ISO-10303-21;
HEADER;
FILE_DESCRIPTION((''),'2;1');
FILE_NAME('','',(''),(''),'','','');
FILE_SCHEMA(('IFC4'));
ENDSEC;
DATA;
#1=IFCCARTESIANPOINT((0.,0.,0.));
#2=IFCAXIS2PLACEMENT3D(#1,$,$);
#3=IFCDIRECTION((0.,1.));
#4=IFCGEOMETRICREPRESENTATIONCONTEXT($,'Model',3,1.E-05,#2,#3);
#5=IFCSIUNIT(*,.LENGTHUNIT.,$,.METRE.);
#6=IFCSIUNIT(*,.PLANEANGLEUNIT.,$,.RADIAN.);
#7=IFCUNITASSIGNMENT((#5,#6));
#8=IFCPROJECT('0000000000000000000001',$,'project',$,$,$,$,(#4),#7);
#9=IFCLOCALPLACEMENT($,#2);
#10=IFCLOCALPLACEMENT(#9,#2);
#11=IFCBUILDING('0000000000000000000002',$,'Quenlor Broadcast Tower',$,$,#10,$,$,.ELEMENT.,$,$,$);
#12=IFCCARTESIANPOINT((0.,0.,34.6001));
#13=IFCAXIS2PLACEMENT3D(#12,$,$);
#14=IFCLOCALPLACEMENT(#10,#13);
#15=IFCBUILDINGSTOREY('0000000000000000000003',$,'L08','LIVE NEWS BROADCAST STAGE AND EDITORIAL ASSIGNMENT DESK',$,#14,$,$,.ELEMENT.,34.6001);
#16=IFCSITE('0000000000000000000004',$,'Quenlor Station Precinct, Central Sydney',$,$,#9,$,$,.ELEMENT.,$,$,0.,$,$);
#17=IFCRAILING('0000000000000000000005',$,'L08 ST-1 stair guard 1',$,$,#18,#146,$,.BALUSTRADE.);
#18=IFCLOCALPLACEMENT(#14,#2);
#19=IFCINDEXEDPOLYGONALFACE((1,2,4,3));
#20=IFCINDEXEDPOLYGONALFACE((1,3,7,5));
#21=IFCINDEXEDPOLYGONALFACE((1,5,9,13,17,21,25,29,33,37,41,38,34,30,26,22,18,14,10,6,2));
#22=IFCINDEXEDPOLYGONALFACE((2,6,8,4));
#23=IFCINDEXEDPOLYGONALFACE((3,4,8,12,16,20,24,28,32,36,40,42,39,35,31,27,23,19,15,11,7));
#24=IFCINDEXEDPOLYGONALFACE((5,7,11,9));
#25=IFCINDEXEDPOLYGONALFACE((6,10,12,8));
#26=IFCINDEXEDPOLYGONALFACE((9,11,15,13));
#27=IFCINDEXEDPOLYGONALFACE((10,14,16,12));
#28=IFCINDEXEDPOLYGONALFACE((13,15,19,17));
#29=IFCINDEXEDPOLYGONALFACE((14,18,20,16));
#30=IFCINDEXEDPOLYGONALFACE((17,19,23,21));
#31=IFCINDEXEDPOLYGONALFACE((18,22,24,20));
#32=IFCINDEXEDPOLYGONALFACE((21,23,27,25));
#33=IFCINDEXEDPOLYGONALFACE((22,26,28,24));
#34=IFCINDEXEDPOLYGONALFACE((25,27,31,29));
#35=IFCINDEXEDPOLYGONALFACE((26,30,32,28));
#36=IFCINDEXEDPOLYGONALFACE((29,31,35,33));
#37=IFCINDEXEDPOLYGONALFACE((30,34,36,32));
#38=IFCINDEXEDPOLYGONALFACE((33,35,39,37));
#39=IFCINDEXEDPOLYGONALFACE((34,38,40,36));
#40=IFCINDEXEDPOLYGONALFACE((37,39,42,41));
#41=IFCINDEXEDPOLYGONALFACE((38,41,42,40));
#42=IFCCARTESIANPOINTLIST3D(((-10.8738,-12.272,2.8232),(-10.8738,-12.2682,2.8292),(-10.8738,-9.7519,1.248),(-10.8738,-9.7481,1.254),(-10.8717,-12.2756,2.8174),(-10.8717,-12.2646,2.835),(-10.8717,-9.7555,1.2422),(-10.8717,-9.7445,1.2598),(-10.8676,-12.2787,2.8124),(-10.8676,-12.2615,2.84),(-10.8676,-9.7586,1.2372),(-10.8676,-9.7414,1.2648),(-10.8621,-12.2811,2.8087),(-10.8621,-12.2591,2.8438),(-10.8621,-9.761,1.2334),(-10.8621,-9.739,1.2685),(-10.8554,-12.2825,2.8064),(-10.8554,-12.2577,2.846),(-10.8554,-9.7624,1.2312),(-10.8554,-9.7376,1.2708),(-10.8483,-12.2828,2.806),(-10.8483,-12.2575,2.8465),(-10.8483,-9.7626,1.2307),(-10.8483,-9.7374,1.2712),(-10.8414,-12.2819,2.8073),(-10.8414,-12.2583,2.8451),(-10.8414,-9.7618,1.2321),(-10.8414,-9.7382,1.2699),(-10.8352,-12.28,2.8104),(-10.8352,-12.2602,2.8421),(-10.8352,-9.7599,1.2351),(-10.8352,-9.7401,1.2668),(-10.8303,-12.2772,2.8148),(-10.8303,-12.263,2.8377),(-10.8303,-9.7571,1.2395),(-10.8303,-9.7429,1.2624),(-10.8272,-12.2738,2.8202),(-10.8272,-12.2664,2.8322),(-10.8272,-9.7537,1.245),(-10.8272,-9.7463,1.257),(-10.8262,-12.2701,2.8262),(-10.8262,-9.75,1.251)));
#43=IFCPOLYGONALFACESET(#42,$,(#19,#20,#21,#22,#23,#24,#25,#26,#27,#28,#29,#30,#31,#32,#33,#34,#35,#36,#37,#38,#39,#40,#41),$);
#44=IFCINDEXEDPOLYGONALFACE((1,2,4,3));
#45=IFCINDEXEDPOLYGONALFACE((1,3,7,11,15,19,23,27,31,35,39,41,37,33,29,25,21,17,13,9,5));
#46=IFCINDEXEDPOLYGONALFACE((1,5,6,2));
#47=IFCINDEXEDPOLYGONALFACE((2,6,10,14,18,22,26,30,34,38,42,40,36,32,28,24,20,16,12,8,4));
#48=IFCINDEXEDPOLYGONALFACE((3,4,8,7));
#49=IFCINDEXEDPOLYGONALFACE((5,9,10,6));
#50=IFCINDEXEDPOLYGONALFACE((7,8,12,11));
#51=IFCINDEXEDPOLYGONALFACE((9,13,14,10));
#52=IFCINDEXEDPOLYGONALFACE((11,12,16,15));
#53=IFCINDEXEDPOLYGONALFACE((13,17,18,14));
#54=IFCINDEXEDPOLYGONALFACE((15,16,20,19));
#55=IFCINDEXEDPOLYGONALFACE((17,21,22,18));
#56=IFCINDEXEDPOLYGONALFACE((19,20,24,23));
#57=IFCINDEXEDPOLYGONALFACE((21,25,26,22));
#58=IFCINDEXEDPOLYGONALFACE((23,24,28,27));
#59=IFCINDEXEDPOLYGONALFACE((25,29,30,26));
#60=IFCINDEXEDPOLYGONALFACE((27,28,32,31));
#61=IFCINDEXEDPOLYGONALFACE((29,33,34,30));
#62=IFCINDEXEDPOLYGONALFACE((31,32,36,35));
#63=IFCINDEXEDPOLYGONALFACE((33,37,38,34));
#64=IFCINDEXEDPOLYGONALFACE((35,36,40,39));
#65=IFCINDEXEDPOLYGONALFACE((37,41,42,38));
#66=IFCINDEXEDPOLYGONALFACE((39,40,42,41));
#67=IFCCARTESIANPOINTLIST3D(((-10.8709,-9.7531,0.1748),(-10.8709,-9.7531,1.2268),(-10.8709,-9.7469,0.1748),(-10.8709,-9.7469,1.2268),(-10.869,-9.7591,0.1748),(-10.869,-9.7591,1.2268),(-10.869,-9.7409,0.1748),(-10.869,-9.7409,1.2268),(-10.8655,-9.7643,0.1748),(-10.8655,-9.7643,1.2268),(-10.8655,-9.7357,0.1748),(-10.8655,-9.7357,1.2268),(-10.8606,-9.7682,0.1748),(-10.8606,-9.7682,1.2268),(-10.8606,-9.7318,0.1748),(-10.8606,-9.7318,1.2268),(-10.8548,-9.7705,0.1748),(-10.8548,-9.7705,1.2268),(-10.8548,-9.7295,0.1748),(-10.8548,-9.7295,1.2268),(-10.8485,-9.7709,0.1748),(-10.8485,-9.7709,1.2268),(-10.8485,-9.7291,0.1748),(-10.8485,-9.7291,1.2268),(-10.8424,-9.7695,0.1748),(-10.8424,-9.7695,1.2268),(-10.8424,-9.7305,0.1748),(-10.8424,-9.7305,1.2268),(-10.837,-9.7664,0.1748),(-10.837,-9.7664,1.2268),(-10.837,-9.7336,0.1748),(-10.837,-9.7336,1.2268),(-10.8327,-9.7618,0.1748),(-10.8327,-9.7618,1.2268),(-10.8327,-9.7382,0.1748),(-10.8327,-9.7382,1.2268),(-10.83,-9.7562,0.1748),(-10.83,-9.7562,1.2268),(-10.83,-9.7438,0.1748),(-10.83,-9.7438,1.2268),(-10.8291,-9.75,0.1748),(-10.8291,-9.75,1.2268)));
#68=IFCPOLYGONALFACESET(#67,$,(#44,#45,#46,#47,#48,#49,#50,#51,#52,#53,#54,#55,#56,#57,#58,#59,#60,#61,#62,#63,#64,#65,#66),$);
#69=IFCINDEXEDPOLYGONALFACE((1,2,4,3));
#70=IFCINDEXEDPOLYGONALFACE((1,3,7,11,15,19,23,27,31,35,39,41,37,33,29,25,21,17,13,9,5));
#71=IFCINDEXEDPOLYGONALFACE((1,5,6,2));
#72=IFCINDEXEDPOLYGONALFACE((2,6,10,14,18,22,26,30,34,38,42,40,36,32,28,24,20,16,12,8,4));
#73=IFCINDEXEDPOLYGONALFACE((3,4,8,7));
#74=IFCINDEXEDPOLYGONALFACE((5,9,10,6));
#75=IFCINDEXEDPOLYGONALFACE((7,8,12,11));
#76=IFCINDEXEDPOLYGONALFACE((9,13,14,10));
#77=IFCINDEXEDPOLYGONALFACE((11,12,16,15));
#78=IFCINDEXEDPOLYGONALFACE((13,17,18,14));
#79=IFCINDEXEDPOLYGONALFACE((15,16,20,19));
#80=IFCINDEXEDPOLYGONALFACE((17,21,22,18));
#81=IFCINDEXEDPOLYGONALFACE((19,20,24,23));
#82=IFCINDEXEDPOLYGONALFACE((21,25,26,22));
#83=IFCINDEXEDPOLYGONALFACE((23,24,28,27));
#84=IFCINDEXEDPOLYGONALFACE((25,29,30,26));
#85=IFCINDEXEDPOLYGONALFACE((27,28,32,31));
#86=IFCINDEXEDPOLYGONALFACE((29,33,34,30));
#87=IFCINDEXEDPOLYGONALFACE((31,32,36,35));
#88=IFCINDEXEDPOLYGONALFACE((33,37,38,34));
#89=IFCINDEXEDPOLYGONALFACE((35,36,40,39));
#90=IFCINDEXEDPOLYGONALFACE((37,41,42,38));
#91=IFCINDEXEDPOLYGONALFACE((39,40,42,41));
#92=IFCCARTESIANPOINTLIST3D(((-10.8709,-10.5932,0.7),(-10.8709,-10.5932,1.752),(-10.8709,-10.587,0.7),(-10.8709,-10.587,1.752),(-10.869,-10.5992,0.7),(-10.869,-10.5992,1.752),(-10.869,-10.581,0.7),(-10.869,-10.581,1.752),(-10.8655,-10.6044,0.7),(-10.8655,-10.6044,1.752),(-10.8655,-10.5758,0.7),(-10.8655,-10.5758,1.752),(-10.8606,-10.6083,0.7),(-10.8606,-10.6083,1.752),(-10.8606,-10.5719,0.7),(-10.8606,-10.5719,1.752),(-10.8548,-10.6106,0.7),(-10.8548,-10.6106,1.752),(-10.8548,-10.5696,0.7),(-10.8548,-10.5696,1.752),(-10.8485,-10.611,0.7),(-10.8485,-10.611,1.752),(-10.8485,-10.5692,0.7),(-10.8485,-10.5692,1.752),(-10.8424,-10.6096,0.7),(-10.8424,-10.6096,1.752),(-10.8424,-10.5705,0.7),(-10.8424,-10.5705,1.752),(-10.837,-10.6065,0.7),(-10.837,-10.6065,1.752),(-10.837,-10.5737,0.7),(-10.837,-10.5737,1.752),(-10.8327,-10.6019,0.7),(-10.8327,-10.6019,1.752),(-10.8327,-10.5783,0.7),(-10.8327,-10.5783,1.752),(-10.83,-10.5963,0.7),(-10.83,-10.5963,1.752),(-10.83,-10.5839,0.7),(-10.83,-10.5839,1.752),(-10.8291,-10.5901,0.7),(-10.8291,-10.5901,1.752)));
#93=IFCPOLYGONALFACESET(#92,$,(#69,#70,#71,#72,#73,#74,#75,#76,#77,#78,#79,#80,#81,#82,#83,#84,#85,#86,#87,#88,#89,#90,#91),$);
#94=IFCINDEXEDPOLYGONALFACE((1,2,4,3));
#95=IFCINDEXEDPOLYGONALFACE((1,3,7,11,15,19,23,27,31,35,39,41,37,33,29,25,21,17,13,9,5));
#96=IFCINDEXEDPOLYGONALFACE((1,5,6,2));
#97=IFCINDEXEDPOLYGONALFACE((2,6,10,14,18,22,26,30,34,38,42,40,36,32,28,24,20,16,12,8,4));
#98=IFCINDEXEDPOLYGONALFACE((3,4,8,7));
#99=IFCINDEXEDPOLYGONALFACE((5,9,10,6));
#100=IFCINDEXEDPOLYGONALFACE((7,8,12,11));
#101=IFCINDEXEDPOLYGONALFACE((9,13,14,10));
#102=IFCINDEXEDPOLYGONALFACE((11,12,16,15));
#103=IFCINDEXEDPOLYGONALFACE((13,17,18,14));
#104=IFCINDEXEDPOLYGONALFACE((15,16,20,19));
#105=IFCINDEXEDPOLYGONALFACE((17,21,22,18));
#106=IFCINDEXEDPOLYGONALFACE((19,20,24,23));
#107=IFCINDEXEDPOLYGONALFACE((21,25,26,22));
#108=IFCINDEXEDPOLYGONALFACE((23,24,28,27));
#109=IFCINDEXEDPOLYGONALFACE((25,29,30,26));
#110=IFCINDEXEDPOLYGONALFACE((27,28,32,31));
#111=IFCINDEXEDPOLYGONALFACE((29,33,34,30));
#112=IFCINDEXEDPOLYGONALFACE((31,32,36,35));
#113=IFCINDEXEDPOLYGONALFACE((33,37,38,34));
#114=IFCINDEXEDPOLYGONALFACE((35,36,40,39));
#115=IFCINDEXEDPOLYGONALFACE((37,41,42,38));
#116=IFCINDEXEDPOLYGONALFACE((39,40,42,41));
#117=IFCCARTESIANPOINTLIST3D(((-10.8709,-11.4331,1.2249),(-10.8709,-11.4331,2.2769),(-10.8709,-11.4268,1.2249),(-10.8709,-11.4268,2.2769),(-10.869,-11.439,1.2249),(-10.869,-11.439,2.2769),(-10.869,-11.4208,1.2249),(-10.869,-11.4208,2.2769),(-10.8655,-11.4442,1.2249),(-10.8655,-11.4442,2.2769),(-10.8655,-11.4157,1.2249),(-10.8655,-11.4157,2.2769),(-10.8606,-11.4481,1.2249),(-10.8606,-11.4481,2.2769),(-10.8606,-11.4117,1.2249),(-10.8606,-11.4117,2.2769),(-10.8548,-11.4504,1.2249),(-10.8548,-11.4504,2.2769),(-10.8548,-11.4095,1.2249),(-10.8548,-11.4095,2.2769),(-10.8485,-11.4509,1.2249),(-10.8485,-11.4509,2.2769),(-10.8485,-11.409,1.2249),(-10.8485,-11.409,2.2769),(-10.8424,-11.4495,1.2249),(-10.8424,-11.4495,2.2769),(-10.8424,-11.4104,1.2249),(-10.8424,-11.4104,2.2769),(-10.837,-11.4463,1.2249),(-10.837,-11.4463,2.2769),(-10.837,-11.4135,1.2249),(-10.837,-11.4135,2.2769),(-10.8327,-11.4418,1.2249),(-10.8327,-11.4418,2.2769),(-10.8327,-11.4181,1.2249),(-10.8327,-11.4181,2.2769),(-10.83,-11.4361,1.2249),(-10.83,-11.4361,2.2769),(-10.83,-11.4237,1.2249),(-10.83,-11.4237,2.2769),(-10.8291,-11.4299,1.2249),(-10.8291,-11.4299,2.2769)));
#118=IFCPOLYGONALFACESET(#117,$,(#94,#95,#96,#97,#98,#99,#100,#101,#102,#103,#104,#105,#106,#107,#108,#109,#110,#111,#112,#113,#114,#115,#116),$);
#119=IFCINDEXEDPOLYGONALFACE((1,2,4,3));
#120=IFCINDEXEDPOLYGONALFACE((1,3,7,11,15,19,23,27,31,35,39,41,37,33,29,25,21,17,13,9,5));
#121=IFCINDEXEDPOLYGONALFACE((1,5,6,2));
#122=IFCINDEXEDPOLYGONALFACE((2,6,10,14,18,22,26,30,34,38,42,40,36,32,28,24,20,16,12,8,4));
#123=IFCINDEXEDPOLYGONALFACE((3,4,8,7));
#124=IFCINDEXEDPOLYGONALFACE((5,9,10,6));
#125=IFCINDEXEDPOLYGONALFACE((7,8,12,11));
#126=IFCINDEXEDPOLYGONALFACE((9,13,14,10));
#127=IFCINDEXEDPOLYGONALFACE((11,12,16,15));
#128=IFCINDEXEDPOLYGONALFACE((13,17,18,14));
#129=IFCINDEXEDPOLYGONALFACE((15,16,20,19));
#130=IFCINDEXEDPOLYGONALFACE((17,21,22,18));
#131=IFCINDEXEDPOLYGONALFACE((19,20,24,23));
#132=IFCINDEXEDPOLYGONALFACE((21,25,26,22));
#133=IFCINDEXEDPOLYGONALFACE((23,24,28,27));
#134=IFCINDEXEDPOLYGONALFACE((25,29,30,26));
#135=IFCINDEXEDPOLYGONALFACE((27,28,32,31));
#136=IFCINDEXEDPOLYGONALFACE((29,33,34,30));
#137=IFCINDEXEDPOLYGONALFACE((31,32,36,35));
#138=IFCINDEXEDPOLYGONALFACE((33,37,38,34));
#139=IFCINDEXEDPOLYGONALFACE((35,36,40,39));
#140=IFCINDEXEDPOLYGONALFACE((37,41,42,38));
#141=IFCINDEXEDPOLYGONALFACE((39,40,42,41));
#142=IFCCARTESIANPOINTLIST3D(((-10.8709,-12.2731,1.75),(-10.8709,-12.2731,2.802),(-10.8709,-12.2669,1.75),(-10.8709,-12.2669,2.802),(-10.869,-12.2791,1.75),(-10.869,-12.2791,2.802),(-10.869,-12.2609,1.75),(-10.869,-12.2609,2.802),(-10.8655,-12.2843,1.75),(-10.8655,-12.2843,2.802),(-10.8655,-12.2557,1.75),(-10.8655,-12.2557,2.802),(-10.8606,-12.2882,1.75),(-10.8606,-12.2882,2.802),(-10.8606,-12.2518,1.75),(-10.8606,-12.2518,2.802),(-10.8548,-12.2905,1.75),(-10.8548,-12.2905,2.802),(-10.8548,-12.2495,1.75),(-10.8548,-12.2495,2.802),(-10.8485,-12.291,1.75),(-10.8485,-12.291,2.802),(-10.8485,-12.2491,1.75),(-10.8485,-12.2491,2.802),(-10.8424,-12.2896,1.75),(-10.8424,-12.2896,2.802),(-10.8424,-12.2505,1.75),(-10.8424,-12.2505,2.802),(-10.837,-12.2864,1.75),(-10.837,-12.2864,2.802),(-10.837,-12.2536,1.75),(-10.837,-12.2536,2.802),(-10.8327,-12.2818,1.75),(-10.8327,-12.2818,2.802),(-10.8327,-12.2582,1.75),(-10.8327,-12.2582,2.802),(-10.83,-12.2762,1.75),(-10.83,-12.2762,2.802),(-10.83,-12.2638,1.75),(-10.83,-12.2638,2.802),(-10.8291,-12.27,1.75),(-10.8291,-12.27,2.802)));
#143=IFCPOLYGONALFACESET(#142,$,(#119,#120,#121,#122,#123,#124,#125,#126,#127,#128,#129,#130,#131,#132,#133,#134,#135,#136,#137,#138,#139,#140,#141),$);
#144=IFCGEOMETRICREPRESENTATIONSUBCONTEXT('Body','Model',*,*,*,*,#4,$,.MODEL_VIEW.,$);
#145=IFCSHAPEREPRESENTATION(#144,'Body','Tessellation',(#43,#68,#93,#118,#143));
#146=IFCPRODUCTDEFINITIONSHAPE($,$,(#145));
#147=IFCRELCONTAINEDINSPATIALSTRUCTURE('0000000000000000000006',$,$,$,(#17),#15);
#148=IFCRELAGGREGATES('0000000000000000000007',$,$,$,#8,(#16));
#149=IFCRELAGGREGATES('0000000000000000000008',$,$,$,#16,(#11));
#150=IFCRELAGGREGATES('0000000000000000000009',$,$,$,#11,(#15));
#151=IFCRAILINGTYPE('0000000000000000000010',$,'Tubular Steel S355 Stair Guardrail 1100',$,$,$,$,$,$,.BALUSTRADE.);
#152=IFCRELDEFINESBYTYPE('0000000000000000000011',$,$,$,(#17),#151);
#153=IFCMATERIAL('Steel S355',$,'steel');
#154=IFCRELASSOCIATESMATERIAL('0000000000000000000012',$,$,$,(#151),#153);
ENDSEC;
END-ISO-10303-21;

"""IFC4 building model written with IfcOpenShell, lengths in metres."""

from ifc_helpers import new_model, si_unit, direction, frame, origin, origin_2d, place, context, subcontext, project, spatial, circle, extrude, material, type_object, element, save


model = new_model("IFC4")

# Units and contexts
model_context = context("Model", 3, precision=1e-05, world=origin(), true_north=direction((0.0, 1.0)))
body_context = subcontext(model_context, "Body", "Model", "MODEL_VIEW")
ifc_project = project(units=[si_unit("LENGTHUNIT", "METRE"), si_unit("PLANEANGLEUNIT", "RADIAN")], contexts=[model_context])

# Site, building, storey
site_placement = place(None, origin())
site = spatial("IfcSite", under=ifc_project, at=site_placement, Name="Quenlor Station Precinct, Central Sydney", CompositionType="ELEMENT", RefElevation=0.0)
building_placement = place(site_placement, origin())
building = spatial("IfcBuilding", under=site, at=building_placement, Name="Quenlor Broadcast Tower", CompositionType="ELEMENT")
storey_placement = place(building_placement, frame((0.0, 0.0, 34.6001)))
storey = spatial("IfcBuildingStorey", under=building, at=storey_placement, Name="L08", Description="LIVE NEWS BROADCAST STAGE AND EDITORIAL ASSIGNMENT DESK", CompositionType="ELEMENT", Elevation=34.6001)

# Railing
ifc_material_1 = material(Name="Steel S355", Category="steel")
railing_type_1 = type_object("IfcRailingType", Name="Tubular Steel S355 Stair Guardrail 1100", PredefinedType="BALUSTRADE", material=ifc_material_1)
railing_1_placement = place(storey_placement, frame((-10.8501, -9.75, 0.1748)))
element("IfcRailing", 1, at=railing_1_placement, inside=storey, type_object=railing_type_1, Name="L08 ST-1 stair guard 1", PredefinedType="BALUSTRADE", context=body_context, shape_type="SweptSolid", body=[
    extrude(circle(Radius=0.0239, at=origin_2d()), frame((0.0, 0.0, 1.0762), z_axis=(0.0, -0.847971, 0.530043), x_axis=(1.0, 0.0, 0.0)), (0.0, 0.0, 1.0), 2.9719),
    extrude(circle(Radius=0.021, at=origin_2d()), origin(), (0.0, 0.0, 1.0), 1.052),
    extrude(circle(Radius=0.021, at=origin_2d()), frame((0.0, -0.8401, 0.5251)), (0.0, 0.0, 1.0), 1.052),
    extrude(circle(Radius=0.021, at=origin_2d()), frame((0.0, -1.6799, 1.05)), (0.0, 0.0, 1.0), 1.052),
    extrude(circle(Radius=0.021, at=origin_2d()), frame((0.0, -2.52, 1.5752)), (0.0, 0.0, 1.0), 1.052),
])

save(model, "model.ifc")
